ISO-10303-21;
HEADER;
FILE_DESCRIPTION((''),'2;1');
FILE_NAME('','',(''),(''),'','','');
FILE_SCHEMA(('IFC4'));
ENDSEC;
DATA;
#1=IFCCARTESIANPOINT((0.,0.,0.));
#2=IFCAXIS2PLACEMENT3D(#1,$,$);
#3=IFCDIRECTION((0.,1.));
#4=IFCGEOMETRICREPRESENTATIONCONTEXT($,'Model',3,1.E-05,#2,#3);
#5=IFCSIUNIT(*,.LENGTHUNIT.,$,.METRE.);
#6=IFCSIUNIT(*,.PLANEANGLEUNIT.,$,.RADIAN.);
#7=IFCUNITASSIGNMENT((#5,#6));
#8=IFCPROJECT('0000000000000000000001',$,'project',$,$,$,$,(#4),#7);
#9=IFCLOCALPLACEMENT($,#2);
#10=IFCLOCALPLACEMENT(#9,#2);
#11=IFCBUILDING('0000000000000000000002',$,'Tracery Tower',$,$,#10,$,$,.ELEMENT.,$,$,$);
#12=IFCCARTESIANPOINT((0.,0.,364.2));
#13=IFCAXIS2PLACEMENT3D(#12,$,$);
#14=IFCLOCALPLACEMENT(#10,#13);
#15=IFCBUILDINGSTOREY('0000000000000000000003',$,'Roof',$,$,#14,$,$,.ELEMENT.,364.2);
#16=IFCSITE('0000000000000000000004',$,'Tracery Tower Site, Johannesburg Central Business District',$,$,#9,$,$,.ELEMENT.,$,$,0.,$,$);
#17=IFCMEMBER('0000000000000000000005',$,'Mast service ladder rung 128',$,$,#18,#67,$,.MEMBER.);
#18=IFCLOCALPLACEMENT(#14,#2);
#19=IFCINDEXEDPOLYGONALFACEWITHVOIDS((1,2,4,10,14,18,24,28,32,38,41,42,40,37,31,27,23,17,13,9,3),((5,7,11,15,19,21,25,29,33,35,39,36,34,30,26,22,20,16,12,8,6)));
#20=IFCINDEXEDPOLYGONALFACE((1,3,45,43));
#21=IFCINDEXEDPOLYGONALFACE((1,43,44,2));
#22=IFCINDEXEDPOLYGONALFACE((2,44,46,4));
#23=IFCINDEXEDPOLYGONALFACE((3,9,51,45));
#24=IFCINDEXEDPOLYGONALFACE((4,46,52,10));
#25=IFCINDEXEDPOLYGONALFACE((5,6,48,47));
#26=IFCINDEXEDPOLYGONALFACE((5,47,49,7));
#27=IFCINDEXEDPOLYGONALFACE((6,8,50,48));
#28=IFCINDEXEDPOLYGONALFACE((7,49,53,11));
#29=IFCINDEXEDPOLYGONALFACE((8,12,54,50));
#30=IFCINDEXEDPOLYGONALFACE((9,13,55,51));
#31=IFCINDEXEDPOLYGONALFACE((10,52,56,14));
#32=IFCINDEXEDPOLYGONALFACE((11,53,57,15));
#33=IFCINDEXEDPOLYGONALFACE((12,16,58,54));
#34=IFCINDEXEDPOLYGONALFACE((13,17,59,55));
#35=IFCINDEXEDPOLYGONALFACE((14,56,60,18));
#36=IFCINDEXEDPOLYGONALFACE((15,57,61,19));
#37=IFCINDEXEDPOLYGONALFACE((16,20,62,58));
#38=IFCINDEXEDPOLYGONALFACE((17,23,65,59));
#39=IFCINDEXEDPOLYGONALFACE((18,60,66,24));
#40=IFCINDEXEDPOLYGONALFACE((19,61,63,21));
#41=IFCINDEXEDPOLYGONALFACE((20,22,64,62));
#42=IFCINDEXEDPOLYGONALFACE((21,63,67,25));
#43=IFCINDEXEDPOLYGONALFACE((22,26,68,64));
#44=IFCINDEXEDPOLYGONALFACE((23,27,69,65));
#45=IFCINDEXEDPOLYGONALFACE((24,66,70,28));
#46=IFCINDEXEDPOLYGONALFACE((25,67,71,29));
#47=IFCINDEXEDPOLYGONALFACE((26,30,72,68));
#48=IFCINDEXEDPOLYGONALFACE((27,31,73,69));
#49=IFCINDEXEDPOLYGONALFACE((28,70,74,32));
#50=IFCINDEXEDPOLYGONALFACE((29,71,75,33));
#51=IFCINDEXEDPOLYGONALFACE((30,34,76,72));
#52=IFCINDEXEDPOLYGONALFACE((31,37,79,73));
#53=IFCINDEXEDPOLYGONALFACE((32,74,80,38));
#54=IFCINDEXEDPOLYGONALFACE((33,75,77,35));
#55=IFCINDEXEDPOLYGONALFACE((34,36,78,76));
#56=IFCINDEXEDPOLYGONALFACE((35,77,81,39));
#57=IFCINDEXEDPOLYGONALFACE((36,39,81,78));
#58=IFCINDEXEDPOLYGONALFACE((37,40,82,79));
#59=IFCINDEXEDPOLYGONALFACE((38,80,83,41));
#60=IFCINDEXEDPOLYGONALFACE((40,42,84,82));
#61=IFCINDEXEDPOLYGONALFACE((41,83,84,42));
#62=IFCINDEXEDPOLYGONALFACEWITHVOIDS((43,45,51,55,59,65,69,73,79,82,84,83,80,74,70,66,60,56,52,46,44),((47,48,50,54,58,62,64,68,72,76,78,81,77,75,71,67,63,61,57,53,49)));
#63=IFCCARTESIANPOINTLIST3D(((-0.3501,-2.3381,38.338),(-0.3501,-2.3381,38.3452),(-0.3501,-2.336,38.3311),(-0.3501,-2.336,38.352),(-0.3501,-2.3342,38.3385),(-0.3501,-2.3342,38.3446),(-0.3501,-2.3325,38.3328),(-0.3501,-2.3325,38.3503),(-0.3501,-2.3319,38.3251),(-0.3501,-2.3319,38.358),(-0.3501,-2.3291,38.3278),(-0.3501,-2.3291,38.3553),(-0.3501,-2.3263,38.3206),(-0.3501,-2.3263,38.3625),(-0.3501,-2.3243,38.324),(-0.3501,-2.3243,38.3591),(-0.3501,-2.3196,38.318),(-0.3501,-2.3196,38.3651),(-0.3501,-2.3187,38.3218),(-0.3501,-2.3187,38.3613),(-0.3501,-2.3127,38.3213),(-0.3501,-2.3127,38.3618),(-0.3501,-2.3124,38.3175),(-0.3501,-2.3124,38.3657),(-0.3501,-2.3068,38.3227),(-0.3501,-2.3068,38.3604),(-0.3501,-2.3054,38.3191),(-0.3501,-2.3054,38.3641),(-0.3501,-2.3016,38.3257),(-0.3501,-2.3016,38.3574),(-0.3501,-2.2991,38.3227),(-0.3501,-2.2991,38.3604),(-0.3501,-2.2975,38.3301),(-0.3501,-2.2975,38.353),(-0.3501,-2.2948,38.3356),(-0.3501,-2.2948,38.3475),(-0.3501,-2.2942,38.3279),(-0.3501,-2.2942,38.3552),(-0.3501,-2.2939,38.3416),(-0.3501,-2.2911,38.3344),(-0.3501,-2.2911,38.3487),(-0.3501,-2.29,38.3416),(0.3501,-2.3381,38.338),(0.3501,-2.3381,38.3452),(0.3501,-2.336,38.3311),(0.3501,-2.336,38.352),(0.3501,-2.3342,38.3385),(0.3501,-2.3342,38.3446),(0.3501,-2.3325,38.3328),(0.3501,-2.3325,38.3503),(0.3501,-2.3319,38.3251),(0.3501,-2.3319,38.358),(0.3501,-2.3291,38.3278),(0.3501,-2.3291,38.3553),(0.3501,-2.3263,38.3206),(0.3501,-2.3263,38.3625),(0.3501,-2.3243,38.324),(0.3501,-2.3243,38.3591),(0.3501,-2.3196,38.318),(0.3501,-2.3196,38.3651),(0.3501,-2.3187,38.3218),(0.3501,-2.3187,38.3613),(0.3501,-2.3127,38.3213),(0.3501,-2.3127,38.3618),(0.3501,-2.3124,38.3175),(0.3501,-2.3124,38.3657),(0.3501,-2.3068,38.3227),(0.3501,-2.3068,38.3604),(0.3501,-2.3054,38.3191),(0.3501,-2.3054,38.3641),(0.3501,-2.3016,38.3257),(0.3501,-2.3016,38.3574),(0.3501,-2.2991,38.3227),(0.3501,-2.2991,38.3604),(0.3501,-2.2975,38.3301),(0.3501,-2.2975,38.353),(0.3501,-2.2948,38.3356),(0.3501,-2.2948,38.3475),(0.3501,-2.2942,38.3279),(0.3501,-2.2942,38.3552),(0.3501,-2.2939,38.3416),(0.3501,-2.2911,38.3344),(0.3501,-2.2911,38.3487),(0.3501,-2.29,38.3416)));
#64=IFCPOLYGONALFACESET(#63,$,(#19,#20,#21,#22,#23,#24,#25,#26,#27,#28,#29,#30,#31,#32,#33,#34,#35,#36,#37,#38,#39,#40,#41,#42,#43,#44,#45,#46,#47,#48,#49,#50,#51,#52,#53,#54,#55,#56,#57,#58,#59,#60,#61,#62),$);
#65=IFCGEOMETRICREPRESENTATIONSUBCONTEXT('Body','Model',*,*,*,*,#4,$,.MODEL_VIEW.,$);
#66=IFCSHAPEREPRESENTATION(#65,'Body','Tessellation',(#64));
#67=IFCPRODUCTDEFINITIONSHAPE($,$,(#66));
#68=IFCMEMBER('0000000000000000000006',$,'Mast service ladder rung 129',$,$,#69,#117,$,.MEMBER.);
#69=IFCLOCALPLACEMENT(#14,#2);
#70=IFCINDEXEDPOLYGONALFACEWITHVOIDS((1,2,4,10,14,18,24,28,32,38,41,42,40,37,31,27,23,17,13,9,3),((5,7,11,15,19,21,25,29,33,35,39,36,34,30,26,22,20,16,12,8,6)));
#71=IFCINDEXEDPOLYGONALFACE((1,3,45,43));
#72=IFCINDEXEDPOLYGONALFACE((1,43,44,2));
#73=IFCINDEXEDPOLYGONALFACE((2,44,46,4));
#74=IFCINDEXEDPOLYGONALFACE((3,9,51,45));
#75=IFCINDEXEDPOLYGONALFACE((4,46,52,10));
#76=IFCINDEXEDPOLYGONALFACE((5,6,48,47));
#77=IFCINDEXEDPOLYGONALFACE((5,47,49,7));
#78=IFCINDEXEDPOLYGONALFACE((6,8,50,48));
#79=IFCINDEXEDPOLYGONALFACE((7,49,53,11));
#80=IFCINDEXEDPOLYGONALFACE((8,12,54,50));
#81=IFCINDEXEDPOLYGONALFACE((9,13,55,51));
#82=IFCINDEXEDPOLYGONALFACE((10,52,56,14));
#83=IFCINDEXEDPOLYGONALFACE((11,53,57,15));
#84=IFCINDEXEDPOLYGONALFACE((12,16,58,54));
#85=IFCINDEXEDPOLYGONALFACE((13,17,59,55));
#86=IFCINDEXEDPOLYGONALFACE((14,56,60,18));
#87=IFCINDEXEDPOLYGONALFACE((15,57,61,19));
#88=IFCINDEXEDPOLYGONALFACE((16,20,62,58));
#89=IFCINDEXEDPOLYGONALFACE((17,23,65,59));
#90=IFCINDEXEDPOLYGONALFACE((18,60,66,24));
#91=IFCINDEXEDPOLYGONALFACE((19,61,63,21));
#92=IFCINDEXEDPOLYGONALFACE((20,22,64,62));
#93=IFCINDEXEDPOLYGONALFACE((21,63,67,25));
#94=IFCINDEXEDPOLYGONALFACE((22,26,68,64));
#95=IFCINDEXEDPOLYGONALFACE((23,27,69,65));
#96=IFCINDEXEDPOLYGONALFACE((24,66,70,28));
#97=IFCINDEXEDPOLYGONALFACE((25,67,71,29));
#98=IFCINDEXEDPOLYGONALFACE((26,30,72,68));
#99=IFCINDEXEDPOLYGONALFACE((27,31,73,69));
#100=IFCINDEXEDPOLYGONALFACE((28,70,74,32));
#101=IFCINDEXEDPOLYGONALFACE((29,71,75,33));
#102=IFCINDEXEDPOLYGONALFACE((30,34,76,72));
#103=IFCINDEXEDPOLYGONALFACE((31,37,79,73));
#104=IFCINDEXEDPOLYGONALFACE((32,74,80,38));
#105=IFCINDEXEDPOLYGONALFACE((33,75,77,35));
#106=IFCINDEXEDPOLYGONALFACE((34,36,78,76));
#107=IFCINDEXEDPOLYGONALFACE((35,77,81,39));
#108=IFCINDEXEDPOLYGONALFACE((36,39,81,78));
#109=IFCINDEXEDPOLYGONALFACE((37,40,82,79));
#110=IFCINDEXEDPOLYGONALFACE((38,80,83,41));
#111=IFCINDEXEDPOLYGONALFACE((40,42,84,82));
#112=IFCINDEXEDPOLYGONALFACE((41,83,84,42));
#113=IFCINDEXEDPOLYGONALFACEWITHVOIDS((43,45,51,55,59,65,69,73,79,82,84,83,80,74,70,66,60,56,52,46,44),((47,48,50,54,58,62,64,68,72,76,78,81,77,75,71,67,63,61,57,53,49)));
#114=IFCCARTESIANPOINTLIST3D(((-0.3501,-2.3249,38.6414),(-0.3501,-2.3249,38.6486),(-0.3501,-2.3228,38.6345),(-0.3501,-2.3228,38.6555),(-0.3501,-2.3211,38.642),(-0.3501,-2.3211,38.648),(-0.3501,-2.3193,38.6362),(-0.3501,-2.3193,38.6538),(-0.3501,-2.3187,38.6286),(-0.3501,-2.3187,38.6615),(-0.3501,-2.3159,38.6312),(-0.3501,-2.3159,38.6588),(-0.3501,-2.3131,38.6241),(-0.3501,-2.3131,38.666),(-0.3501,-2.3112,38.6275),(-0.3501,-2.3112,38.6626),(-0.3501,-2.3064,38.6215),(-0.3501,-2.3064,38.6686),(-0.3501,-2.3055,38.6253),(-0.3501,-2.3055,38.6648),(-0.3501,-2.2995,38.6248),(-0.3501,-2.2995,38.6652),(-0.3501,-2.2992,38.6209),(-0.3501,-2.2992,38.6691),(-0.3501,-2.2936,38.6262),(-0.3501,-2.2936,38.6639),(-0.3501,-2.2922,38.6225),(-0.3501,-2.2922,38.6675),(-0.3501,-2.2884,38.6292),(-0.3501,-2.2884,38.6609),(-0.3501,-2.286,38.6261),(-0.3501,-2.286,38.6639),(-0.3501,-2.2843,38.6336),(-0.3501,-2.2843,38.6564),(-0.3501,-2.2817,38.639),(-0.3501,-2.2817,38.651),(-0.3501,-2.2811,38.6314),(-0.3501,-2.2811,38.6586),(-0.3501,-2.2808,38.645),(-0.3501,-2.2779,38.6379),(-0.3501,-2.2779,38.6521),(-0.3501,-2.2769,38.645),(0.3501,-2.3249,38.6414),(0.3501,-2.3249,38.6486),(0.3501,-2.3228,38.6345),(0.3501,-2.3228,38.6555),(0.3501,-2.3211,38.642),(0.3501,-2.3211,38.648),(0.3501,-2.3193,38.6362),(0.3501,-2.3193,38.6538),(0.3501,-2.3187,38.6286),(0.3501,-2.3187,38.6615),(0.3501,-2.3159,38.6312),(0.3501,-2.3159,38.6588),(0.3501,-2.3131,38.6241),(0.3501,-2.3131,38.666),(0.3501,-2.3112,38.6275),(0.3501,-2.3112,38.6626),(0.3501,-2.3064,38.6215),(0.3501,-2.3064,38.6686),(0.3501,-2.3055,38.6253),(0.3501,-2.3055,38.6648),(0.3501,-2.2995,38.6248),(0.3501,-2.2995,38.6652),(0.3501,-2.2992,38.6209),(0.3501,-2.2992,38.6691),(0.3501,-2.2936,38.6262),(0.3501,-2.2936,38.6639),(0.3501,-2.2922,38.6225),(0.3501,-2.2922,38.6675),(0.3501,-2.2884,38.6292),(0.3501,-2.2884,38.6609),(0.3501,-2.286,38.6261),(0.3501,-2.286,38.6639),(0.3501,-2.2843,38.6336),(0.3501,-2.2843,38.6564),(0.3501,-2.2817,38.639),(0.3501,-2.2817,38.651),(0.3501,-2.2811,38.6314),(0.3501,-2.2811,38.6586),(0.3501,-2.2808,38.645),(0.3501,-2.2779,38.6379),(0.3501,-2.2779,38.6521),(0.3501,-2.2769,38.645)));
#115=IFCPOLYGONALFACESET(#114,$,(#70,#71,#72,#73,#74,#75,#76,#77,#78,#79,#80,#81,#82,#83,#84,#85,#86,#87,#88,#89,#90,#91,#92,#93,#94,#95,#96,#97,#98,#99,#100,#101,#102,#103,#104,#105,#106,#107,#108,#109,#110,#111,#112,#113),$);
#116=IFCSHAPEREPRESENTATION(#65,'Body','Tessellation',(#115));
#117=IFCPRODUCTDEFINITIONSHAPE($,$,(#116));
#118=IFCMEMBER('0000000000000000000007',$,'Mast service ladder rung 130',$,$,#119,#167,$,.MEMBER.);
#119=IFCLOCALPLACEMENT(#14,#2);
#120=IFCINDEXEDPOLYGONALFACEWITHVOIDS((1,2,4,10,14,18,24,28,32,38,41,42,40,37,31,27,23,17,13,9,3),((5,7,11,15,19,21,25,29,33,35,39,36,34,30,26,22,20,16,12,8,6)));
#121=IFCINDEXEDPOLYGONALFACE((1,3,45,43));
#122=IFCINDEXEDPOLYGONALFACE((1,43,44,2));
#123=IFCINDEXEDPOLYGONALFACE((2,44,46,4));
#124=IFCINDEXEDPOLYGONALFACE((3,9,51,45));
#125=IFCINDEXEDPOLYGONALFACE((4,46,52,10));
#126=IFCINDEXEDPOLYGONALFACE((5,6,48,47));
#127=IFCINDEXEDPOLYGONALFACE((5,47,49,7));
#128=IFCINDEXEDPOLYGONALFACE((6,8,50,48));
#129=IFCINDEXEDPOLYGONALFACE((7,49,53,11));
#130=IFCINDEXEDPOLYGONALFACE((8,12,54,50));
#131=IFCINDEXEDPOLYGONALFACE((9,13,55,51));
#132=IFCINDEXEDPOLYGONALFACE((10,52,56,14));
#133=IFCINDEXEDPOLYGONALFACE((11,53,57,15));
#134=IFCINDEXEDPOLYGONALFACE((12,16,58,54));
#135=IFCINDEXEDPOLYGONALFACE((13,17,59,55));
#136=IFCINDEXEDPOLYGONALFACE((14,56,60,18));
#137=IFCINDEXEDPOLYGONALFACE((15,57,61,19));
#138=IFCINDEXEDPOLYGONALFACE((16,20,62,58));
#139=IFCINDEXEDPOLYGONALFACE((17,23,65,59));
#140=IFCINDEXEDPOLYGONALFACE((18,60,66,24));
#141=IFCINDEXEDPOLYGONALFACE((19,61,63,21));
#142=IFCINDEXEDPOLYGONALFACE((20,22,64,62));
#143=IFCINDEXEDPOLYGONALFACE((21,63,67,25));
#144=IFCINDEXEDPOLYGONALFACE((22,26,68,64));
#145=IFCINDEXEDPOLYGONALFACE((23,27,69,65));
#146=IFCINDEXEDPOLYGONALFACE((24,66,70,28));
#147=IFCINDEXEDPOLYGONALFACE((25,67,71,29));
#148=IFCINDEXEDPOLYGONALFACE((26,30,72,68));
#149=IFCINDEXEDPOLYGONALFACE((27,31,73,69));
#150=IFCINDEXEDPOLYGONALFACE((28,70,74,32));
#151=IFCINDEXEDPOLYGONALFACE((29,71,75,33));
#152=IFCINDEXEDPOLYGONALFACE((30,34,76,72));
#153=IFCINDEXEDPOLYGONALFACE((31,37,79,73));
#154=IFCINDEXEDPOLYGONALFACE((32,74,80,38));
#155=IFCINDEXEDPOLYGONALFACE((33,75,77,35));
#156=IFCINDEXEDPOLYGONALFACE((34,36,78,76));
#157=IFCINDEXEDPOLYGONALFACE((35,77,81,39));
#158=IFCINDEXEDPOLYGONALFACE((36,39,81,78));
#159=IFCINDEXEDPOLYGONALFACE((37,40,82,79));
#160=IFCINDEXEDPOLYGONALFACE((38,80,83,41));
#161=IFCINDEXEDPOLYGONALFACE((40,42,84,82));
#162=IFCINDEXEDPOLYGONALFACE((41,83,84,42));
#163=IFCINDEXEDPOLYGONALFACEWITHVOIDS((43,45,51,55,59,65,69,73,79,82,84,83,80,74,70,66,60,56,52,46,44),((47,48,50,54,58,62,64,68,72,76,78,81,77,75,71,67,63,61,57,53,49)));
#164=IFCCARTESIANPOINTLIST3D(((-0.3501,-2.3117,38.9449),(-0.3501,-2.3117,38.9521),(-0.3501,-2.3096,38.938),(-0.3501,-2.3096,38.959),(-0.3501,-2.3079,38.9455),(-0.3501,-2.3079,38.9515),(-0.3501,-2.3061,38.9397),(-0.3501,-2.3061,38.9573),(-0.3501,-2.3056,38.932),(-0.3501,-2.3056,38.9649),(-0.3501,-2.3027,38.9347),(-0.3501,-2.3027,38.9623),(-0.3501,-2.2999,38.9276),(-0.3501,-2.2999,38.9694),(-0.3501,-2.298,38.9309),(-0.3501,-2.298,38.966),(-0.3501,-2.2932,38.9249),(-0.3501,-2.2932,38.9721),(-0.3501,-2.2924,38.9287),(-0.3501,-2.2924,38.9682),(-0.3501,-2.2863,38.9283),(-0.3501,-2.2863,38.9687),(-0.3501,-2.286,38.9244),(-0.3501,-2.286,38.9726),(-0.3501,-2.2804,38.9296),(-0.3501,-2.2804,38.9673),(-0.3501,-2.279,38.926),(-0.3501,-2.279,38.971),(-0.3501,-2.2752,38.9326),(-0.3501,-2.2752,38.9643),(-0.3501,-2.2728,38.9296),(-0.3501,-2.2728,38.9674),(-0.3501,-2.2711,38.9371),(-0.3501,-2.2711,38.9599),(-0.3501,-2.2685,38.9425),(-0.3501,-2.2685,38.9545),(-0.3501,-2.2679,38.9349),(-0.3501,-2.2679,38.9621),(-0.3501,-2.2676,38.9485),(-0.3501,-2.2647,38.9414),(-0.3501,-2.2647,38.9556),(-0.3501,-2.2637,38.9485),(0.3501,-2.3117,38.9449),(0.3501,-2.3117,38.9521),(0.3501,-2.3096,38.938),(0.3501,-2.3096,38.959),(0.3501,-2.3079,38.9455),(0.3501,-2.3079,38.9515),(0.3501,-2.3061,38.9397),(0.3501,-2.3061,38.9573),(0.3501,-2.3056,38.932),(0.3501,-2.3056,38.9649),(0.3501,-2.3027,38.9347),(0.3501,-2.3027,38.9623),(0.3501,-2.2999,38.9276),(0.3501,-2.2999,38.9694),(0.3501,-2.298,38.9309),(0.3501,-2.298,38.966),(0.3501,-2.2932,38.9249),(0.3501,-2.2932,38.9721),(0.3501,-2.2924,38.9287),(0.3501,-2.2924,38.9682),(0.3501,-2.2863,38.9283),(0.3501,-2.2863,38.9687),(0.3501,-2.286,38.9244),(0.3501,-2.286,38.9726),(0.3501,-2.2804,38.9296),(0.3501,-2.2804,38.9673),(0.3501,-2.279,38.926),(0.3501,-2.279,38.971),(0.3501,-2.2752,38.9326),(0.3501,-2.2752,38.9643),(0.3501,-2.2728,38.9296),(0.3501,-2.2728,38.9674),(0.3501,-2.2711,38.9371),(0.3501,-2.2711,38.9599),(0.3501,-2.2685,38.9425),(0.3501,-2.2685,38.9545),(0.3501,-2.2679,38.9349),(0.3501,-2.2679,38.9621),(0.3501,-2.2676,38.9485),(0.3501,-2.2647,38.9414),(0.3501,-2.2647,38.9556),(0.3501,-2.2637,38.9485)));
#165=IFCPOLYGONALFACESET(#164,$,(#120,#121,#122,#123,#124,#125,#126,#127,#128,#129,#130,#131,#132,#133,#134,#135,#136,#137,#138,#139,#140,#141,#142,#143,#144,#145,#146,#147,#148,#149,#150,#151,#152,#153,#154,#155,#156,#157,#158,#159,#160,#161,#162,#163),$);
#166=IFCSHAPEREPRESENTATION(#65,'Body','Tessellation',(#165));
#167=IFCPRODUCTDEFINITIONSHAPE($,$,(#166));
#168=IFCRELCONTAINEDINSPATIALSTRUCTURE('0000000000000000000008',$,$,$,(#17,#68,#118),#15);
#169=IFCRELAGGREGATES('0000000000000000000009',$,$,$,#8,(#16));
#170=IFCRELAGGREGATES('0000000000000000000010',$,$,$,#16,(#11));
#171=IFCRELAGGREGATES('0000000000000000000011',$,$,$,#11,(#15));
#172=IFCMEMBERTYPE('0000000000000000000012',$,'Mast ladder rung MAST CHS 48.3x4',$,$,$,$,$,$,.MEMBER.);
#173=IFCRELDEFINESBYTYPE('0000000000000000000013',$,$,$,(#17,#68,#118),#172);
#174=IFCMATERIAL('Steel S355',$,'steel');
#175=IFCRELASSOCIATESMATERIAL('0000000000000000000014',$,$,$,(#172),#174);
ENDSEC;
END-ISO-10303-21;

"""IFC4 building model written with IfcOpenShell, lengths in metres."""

from ifc_helpers import new_model, si_unit, direction, frame, origin, origin_2d, place, context, subcontext, project, spatial, hollow_circle, extrude, material, material_profile, profile_set, type_object, element, save


model = new_model("IFC4")

# Units and contexts
model_context = context("Model", 3, precision=1e-05, world=origin(), true_north=direction((0.0, 1.0)))
body_context = subcontext(model_context, "Body", "Model", "MODEL_VIEW")
ifc_project = project(units=[si_unit("LENGTHUNIT", "METRE"), si_unit("PLANEANGLEUNIT", "RADIAN")], contexts=[model_context])

# Site, building, storey
site_placement = place(None, origin())
site = spatial("IfcSite", under=ifc_project, at=site_placement, Name="Tracery Tower Site, Johannesburg Central Business District", CompositionType="ELEMENT", RefElevation=0.0)
building_placement = place(site_placement, origin())
building = spatial("IfcBuilding", under=site, at=building_placement, Name="Tracery Tower", CompositionType="ELEMENT")
storey_placement = place(building_placement, frame((0.0, 0.0, 364.2)))
storey = spatial("IfcBuildingStorey", under=building, at=storey_placement, Name="Roof", CompositionType="ELEMENT", Elevation=364.2)

# Members
ifc_material_1 = material(Name="Steel S355", Category="steel")
ifc_material_profile_1 = material_profile(ifc_material_1, hollow_circle(Radius=0.0242, WallThickness=0.0039, at=origin_2d()), Name="CHS 48.3x4")
ifc_profile_set_1 = profile_set([ifc_material_profile_1], Name="Steel S355")
member_type_1 = type_object("IfcMemberType", Name="Mast ladder rung MAST CHS 48.3x4", PredefinedType="MEMBER", material=ifc_profile_set_1)
for number, where, z_axis, x_axis, name in (
    (1, (-0.3501, -2.3142, 38.3416), (1.0, 0.0, 0.0), (0.0, 1.0, 0.0), "Mast service ladder rung 128"),
    (2, (-0.3501, -2.301, 38.645), (1.0, 0.0, 0.0), (0.0, 1.0, 0.0), "Mast service ladder rung 129"),
    (3, (-0.3501, -2.2878, 38.9485), (1.0, 0.0, 0.0), (0.0, 1.0, 0.0), "Mast service ladder rung 130"),
):
    element("IfcMember", number, at=place(storey_placement, frame(where, z_axis=z_axis, x_axis=x_axis)), inside=storey, type_object=member_type_1, Name=name, PredefinedType="MEMBER", context=body_context, shape_type="SweptSolid", body=[
        extrude(hollow_circle(Radius=0.0242, WallThickness=0.0039, at=origin_2d()), origin(), (0.0, 0.0, 1.0), 0.7002),
    ])

save(model, "model.ifc")
